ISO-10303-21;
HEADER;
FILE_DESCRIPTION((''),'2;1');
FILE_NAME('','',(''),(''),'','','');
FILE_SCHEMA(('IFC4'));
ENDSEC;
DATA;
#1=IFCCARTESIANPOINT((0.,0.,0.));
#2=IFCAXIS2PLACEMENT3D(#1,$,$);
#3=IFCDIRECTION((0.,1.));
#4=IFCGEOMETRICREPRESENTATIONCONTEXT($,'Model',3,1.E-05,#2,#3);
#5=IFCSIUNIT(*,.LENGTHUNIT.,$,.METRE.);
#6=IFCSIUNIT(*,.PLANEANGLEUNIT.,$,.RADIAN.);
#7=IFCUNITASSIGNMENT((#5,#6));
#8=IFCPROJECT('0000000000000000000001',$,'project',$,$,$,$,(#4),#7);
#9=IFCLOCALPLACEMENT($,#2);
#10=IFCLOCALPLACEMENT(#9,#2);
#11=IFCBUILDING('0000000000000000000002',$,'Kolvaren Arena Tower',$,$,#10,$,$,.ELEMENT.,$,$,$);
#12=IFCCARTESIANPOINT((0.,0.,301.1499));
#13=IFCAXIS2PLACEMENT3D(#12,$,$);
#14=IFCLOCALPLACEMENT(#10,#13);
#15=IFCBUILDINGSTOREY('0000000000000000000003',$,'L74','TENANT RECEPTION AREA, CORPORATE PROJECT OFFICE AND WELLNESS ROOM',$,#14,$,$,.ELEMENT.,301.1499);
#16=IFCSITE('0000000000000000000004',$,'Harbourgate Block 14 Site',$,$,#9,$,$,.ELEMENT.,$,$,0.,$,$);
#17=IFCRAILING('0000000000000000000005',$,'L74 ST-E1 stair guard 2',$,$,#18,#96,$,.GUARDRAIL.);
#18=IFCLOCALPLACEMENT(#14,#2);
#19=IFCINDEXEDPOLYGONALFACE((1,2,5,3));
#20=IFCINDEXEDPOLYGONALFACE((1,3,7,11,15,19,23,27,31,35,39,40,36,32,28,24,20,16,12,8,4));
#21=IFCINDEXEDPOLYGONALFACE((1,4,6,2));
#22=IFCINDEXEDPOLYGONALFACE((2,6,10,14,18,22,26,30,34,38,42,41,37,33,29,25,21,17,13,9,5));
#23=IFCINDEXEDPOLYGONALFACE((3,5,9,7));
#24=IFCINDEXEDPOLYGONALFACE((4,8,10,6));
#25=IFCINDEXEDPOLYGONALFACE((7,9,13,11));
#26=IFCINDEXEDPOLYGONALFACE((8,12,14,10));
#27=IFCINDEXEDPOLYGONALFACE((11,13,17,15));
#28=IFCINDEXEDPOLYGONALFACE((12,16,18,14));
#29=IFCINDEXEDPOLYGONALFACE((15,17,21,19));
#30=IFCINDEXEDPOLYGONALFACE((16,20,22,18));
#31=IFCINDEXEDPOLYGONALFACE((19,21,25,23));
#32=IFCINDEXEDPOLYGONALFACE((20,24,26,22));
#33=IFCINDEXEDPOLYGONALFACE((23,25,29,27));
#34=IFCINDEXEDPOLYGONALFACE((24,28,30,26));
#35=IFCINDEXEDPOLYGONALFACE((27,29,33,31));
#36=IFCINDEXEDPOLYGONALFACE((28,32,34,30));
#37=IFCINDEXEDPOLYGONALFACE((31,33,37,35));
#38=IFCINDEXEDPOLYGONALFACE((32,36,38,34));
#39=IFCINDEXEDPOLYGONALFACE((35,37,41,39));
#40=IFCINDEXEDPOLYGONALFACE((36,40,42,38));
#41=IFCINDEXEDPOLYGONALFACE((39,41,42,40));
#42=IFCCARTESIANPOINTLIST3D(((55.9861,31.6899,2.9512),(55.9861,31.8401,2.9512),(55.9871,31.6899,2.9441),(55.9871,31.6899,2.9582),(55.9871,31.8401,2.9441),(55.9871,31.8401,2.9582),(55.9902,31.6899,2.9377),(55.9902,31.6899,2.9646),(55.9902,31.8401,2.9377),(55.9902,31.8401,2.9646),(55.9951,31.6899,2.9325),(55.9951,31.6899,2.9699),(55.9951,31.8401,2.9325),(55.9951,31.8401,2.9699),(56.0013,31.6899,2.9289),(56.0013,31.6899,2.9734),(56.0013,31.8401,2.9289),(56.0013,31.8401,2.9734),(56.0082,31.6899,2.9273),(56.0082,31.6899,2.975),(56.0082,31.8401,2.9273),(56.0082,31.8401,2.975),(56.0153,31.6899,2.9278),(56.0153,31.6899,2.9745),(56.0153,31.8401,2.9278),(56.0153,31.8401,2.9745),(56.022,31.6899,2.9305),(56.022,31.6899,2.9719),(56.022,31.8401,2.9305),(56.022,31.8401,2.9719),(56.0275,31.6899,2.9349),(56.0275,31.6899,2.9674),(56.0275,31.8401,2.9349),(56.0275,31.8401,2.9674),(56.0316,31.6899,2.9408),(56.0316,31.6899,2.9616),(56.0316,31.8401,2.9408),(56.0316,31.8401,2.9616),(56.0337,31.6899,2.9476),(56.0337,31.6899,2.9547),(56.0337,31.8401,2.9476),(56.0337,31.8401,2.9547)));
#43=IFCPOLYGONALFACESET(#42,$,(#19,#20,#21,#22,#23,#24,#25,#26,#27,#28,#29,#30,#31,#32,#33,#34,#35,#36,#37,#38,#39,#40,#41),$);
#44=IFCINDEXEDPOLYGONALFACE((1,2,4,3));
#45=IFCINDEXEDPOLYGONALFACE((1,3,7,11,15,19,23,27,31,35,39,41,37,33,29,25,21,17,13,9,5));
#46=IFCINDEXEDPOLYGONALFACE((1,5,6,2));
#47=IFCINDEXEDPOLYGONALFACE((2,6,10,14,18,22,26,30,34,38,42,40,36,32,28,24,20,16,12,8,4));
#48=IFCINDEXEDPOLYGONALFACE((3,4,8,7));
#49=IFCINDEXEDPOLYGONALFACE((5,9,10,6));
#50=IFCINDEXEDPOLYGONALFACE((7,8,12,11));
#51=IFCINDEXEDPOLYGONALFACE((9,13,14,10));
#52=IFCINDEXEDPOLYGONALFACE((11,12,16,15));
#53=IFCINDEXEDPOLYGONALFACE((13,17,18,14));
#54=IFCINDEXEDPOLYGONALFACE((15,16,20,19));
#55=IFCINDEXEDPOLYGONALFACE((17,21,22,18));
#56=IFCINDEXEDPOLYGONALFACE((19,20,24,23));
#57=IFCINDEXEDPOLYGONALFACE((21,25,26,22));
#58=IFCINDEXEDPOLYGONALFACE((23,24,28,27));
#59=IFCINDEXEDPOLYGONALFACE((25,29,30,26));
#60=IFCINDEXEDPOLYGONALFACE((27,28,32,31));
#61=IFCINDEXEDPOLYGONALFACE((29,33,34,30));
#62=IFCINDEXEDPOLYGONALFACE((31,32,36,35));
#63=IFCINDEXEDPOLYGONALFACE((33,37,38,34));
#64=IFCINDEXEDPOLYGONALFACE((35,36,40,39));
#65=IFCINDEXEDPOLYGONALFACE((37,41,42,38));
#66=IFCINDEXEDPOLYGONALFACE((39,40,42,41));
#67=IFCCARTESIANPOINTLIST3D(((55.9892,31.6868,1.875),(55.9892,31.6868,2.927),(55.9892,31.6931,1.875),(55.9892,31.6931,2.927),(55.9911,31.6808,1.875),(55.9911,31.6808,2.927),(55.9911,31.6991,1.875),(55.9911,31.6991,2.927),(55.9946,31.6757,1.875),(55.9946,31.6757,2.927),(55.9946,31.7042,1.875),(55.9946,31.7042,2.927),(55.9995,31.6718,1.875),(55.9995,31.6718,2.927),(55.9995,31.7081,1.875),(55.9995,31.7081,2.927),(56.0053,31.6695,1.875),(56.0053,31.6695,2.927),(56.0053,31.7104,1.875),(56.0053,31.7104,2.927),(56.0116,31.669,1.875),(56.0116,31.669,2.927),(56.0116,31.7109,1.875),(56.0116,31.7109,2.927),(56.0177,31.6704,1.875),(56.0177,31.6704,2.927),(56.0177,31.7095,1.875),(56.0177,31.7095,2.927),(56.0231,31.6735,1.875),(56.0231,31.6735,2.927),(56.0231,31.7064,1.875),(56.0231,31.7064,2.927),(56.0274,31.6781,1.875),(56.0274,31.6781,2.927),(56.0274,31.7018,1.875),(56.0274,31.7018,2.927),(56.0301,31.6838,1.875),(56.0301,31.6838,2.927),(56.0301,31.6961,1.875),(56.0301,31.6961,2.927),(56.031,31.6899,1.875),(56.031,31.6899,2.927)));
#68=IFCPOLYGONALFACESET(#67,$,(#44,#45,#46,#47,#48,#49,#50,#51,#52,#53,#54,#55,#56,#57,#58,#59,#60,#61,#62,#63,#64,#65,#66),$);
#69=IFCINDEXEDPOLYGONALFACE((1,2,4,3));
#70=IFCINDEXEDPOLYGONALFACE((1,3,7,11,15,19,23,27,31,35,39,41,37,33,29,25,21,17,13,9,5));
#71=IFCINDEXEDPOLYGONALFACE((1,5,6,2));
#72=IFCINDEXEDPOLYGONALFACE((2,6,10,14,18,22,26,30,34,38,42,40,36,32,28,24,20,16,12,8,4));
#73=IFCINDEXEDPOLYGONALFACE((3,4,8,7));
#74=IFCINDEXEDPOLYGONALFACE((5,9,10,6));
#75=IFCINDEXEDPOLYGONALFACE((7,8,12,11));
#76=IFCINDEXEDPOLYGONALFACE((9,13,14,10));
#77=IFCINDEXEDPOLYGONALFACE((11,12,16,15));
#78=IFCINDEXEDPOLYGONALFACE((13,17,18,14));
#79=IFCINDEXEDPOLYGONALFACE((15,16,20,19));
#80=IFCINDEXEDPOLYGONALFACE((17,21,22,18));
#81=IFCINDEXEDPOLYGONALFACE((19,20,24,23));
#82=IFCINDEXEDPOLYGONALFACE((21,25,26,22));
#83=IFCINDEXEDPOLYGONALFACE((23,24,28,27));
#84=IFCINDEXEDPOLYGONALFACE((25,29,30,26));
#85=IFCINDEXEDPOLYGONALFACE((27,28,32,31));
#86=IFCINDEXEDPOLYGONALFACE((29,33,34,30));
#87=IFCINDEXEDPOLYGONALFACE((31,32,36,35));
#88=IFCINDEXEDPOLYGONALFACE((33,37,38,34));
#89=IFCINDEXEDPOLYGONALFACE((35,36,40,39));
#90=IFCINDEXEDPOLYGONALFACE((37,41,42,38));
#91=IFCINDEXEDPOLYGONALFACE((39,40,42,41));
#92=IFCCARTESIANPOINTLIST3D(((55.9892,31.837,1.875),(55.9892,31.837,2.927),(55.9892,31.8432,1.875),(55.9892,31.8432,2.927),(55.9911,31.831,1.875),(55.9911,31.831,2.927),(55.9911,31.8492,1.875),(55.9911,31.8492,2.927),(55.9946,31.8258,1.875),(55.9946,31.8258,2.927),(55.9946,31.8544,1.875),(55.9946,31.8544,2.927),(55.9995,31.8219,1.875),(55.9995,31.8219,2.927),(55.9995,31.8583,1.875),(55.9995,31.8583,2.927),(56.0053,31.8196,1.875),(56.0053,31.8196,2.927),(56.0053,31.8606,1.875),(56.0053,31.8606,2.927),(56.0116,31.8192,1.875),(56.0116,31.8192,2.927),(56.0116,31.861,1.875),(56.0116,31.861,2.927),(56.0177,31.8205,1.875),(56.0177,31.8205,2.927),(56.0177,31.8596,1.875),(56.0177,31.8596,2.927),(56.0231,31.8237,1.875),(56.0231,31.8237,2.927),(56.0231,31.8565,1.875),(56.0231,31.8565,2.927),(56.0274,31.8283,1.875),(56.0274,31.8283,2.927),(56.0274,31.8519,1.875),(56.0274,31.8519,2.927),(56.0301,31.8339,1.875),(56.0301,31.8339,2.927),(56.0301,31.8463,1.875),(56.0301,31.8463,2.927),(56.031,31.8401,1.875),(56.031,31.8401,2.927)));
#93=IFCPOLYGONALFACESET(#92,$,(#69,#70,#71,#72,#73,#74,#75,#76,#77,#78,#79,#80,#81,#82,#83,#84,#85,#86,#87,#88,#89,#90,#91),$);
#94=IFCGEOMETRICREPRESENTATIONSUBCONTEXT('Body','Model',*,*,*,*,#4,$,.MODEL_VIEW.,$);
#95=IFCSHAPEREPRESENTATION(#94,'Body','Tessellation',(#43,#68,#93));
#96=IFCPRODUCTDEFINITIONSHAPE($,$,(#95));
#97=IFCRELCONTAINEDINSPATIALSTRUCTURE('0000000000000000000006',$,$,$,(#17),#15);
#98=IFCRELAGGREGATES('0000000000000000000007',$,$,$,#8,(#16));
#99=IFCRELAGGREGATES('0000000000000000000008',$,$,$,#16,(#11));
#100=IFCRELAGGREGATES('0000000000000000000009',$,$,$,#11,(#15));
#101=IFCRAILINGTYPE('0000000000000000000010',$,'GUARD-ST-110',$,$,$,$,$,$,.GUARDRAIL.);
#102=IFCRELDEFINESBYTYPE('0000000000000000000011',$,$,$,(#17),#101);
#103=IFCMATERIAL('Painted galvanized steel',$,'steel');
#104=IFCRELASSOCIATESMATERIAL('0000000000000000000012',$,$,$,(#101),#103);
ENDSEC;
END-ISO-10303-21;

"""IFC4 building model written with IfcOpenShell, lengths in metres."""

from ifc_helpers import new_model, si_unit, direction, frame, origin, origin_2d, place, context, subcontext, project, spatial, circle, extrude, material, type_object, element, save


model = new_model("IFC4")

# Units and contexts
model_context = context("Model", 3, precision=1e-05, world=origin(), true_north=direction((0.0, 1.0)))
body_context = subcontext(model_context, "Body", "Model", "MODEL_VIEW")
ifc_project = project(units=[si_unit("LENGTHUNIT", "METRE"), si_unit("PLANEANGLEUNIT", "RADIAN")], contexts=[model_context])

# Site, building, storey
site_placement = place(None, origin())
site = spatial("IfcSite", under=ifc_project, at=site_placement, Name="Harbourgate Block 14 Site", CompositionType="ELEMENT", RefElevation=0.0)
building_placement = place(site_placement, origin())
building = spatial("IfcBuilding", under=site, at=building_placement, Name="Kolvaren Arena Tower", CompositionType="ELEMENT")
storey_placement = place(building_placement, frame((0.0, 0.0, 301.1499)))
storey = spatial("IfcBuildingStorey", under=building, at=storey_placement, Name="L74", Description="TENANT RECEPTION AREA, CORPORATE PROJECT OFFICE AND WELLNESS ROOM", CompositionType="ELEMENT", Elevation=301.1499)

# Railing
ifc_material_1 = material(Name="Painted galvanized steel", Category="steel")
railing_type_1 = type_object("IfcRailingType", Name="GUARD-ST-110", PredefinedType="GUARDRAIL", material=ifc_material_1)
railing_1_placement = place(storey_placement, frame((56.01, 31.6899, 1.875)))
element("IfcRailing", 1, at=railing_1_placement, inside=storey, type_object=railing_type_1, Name="L74 ST-E1 stair guard 2", PredefinedType="GUARDRAIL", context=body_context, shape_type="SweptSolid", body=[
    extrude(circle(Radius=0.0239, at=origin_2d()), frame((0.0, 0.0, 1.0762), z_axis=(0.0, 1.0, 0.0), x_axis=(-1.0, 0.0, 0.0)), (0.0, 0.0, 1.0), 0.1501),
    extrude(circle(Radius=0.021, at=origin_2d()), origin(), (0.0, 0.0, 1.0), 1.052),
    extrude(circle(Radius=0.021, at=origin_2d()), frame((0.0, 0.1501, 0.0)), (0.0, 0.0, 1.0), 1.052),
])

save(model, "model.ifc")
